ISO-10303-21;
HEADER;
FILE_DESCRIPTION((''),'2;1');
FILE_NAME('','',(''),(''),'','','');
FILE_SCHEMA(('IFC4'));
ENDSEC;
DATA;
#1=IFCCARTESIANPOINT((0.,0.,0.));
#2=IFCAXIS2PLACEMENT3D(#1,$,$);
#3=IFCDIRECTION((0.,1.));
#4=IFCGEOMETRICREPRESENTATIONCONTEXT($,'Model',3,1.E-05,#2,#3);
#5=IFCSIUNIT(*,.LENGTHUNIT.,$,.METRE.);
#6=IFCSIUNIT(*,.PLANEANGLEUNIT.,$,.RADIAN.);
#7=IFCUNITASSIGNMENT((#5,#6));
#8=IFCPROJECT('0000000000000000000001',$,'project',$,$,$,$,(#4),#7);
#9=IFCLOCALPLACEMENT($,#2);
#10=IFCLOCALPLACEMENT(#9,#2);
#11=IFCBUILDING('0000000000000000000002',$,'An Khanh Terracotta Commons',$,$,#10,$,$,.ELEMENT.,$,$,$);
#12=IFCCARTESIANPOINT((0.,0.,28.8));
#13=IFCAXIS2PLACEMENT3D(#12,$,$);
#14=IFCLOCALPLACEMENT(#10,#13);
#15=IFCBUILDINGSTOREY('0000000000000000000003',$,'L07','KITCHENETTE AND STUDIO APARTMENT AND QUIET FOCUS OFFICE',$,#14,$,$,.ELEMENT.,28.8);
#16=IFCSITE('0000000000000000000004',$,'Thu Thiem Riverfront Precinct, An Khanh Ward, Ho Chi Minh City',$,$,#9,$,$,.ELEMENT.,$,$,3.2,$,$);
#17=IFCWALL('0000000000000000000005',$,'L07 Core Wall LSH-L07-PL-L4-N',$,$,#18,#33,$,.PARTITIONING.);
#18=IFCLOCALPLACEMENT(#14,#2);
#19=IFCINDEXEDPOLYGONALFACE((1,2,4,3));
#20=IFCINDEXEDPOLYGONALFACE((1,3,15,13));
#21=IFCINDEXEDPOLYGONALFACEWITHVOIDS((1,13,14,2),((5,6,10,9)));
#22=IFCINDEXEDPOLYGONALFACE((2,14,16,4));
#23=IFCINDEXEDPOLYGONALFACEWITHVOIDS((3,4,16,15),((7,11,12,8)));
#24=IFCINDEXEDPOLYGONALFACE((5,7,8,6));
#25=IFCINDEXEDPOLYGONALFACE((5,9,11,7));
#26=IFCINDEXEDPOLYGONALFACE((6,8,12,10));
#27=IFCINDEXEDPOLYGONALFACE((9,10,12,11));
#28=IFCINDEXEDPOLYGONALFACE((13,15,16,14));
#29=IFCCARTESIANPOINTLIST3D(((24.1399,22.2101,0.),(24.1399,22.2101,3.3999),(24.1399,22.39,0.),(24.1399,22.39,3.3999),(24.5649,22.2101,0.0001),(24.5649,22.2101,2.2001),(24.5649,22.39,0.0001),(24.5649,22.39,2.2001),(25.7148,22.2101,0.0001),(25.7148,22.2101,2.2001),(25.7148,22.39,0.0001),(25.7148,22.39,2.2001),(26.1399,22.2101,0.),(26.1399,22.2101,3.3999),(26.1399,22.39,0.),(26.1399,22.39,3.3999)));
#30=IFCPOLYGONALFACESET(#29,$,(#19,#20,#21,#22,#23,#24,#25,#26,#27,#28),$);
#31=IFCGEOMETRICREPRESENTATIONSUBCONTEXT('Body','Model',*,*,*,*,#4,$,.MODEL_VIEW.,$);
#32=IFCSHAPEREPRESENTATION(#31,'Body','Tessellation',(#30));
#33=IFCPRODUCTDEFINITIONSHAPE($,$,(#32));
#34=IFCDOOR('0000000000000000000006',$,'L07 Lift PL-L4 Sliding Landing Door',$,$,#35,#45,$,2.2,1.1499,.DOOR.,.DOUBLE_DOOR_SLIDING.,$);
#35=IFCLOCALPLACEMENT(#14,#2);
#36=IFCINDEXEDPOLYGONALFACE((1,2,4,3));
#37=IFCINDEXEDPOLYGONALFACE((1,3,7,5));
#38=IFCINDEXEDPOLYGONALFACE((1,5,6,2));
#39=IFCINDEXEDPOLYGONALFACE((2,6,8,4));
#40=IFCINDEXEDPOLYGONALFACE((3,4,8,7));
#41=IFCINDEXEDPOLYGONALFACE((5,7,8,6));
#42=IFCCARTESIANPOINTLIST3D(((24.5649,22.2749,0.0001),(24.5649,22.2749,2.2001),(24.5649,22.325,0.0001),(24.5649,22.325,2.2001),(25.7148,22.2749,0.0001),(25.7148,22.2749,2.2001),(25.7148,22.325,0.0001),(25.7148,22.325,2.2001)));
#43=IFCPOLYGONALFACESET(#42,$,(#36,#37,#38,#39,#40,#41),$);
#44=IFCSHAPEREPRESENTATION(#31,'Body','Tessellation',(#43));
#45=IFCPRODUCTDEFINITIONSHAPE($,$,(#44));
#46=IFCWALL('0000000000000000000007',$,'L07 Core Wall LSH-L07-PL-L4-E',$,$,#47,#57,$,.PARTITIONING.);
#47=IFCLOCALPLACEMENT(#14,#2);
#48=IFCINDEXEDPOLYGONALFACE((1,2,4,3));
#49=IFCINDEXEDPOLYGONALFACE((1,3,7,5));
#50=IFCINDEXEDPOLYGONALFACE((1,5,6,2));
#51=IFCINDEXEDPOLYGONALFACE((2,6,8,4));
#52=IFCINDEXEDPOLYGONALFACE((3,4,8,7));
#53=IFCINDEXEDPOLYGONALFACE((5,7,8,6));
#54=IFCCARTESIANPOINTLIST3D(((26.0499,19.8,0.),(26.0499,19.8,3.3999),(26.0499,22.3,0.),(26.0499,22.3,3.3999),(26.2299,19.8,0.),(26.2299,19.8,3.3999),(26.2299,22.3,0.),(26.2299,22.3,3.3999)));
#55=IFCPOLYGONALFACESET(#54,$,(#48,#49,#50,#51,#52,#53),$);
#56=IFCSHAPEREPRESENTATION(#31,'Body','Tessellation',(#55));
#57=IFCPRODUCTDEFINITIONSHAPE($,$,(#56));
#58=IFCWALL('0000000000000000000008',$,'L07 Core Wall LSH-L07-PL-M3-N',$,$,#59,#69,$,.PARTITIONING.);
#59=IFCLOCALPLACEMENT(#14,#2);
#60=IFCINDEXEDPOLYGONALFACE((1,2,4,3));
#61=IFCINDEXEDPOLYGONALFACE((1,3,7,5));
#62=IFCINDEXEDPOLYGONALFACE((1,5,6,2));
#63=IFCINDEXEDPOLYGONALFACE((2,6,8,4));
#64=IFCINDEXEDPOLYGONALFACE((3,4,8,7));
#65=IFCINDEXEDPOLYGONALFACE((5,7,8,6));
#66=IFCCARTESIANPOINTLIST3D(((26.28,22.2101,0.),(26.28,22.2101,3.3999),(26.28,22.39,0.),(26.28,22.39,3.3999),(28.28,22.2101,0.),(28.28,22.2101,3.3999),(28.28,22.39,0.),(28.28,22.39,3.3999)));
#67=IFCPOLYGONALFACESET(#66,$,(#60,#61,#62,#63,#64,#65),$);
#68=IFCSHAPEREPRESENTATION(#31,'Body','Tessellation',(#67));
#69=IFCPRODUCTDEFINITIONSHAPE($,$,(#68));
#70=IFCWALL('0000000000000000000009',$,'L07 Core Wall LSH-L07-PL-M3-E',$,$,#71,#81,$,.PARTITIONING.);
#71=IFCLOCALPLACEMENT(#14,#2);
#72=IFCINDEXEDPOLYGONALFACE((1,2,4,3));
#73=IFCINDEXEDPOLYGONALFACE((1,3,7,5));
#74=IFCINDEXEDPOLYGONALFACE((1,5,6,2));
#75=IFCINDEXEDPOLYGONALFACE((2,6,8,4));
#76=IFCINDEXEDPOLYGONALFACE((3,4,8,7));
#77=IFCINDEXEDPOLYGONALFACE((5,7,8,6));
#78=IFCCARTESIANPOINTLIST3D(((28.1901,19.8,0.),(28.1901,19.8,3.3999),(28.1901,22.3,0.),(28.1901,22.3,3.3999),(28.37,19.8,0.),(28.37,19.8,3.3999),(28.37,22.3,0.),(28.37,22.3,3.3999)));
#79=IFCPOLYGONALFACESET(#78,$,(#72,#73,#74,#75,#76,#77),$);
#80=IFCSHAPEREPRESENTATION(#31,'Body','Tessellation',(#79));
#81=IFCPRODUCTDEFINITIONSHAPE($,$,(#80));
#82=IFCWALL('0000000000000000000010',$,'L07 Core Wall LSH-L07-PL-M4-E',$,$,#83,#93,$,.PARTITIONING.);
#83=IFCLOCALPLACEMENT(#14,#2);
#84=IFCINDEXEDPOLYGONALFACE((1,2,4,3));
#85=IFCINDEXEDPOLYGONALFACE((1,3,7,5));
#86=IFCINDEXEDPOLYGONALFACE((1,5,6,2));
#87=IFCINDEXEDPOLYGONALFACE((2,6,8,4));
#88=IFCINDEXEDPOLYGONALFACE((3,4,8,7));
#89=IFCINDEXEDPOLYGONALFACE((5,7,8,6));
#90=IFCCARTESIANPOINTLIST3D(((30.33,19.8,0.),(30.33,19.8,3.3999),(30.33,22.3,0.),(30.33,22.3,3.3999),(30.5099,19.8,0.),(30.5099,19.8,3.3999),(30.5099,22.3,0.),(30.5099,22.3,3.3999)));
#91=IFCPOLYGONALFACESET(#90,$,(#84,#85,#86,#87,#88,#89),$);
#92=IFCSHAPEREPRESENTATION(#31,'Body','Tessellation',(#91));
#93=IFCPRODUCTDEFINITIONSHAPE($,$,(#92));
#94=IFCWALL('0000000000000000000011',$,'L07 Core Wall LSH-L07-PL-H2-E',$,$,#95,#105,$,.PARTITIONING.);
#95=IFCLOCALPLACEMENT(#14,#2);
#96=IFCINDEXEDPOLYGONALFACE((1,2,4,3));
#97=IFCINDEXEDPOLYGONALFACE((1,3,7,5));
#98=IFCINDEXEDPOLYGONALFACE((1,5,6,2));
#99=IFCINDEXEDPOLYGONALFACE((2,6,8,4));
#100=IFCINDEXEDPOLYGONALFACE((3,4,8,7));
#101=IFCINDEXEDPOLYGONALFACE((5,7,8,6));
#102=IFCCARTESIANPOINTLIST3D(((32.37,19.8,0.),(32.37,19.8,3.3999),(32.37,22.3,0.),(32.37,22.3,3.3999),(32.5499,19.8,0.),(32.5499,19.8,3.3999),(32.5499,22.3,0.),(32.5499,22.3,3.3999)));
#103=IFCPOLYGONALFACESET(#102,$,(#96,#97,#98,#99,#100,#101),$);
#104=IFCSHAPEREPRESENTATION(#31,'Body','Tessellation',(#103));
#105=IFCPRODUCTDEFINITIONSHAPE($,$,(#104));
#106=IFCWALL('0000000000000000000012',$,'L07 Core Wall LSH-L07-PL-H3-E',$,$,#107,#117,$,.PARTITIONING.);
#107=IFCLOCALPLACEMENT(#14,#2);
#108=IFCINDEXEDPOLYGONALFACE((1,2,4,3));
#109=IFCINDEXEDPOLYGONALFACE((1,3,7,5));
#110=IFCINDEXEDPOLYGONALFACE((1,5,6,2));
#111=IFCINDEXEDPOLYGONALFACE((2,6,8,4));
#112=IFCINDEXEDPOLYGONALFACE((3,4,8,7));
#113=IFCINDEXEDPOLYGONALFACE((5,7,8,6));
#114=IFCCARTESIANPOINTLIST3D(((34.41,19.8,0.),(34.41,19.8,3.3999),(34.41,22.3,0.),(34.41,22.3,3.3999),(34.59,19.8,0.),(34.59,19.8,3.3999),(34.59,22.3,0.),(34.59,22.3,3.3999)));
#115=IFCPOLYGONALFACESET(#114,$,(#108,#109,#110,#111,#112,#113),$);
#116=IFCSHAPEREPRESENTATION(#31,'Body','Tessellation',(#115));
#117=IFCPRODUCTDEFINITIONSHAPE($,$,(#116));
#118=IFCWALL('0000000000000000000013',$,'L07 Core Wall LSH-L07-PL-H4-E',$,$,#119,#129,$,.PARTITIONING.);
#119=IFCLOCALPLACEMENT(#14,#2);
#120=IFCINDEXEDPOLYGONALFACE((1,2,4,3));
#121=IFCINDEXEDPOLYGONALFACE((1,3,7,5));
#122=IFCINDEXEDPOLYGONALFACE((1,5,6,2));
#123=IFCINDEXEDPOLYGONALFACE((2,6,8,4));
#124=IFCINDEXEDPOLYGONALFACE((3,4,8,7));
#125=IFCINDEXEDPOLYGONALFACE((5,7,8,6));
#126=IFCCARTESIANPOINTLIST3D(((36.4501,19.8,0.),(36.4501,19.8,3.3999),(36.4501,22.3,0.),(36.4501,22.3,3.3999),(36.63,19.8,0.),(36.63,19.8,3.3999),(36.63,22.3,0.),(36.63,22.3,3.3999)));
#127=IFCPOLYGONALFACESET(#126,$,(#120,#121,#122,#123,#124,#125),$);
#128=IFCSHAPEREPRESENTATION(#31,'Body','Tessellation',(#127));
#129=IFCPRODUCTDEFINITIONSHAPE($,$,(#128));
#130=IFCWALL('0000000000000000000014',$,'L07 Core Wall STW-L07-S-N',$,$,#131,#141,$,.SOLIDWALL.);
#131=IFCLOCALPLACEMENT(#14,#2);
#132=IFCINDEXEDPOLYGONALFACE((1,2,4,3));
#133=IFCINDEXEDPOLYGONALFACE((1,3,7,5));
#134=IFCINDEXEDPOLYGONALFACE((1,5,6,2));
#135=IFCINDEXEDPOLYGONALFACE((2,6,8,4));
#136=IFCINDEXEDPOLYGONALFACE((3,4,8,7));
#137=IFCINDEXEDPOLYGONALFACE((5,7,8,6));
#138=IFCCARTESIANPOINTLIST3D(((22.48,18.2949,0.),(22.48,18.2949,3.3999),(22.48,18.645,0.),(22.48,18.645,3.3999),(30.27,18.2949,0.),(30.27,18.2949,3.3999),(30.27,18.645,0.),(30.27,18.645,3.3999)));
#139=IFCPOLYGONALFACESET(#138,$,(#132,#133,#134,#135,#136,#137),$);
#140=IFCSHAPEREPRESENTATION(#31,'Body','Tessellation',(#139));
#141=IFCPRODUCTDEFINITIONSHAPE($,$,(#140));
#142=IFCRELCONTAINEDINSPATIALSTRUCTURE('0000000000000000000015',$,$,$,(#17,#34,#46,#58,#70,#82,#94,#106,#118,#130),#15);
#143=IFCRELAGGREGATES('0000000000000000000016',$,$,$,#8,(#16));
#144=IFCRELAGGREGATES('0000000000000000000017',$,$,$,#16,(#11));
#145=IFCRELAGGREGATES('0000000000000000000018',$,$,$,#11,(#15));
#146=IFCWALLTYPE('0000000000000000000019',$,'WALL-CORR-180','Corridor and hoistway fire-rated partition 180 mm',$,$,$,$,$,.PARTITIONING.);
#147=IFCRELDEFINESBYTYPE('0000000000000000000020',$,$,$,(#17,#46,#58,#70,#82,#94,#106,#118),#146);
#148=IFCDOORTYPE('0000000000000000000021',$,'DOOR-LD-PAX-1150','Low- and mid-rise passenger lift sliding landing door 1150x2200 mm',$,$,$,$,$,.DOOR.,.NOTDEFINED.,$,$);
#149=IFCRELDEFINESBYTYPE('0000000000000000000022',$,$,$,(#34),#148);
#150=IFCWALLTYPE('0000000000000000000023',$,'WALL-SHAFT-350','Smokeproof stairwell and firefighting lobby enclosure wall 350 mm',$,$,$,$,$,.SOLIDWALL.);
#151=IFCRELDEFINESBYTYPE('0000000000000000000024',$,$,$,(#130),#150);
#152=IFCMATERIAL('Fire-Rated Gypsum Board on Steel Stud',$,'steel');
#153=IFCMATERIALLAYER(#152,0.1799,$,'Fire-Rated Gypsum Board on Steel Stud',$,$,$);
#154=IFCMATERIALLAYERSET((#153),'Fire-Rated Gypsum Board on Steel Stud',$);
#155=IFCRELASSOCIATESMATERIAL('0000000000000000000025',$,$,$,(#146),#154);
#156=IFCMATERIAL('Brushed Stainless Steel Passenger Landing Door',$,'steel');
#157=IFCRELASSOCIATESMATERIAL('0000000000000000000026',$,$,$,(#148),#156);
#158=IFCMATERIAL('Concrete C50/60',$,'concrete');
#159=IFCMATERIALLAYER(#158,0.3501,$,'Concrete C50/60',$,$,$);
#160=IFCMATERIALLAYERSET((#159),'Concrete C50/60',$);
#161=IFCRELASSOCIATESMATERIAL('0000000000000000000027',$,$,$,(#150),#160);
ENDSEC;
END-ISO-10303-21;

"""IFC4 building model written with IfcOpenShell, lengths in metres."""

from ifc_helpers import new_model, si_unit, direction, frame, frame_2d, origin, place, context, subcontext, project, spatial, rectangle, extrude, material, layer, layer_set, type_object, element, fill, save


model = new_model("IFC4")

# Units and contexts
model_context = context("Model", 3, precision=1e-05, world=origin(), true_north=direction((0.0, 1.0)))
body_context = subcontext(model_context, "Body", "Model", "MODEL_VIEW")
ifc_project = project(units=[si_unit("LENGTHUNIT", "METRE"), si_unit("PLANEANGLEUNIT", "RADIAN")], contexts=[model_context])

# Site, building, storey
site_placement = place(None, origin())
site = spatial("IfcSite", under=ifc_project, at=site_placement, Name="Thu Thiem Riverfront Precinct, An Khanh Ward, Ho Chi Minh City", CompositionType="ELEMENT", RefElevation=3.2)
building_placement = place(site_placement, origin())
building = spatial("IfcBuilding", under=site, at=building_placement, Name="An Khanh Terracotta Commons", CompositionType="ELEMENT")
storey_placement = place(building_placement, frame((0.0, 0.0, 28.8)))
storey = spatial("IfcBuildingStorey", under=building, at=storey_placement, Name="L07", Description="KITCHENETTE AND STUDIO APARTMENT AND QUIET FOCUS OFFICE", CompositionType="ELEMENT", Elevation=28.8)

# Shared definitions
ifc_material_1 = material(Name="Fire-Rated Gypsum Board on Steel Stud", Category="steel")
ifc_layer_1 = layer(ifc_material_1, 0.1799, Name="Fire-Rated Gypsum Board on Steel Stud")
ifc_layer_set_1 = layer_set([ifc_layer_1], Name="Fire-Rated Gypsum Board on Steel Stud")
wall_type_1 = type_object("IfcWallType", Name="WALL-CORR-180", Description="Corridor and hoistway fire-rated partition 180 mm", PredefinedType="PARTITIONING", material=ifc_layer_set_1)

# Shared definitions
ifc_material_2 = material(Name="Brushed Stainless Steel Passenger Landing Door", Category="steel")
door_type_1 = type_object("IfcDoorType", Name="DOOR-LD-PAX-1150", Description="Low- and mid-rise passenger lift sliding landing door 1150x2200 mm", OperationType="NOTDEFINED", PredefinedType="DOOR", material=ifc_material_2)

# Wall, opening, door
wall_1_placement = place(storey_placement, frame((24.1399, 22.3, 0.0), z_axis=(0.0, 0.0, 1.0), x_axis=(1.0, 0.0, 0.0)))
wall_1 = element("IfcWall", 1, at=wall_1_placement, inside=storey, type_object=wall_type_1, Name="L07 Core Wall LSH-L07-PL-L4-N", PredefinedType="PARTITIONING", context=body_context, shape_type="SweptSolid", body=[
    extrude(rectangle(XDim=2.0, YDim=0.1799, at=frame_2d((1.0, 0.0))), origin(), (0.0, 0.0, 1.0), 3.3999),
])
opening_1_placement = place(wall_1_placement, frame((0.425, 0.0, 0.0)))
opening_1 = element("IfcOpeningElement", 2, at=opening_1_placement, cuts=wall_1, PredefinedType="OPENING", context=body_context, shape_type="SweptSolid", body=[
    extrude(rectangle(XDim=1.1499, YDim=2.2, at=frame_2d((0.575, 1.1001))), frame((0.0, 0.0999, 0.0), z_axis=(0.0, -1.0, 0.0), x_axis=(1.0, 0.0, 0.0)), (0.0, 0.0, 1.0), 0.2),
])
door_1_placement = place(opening_1_placement, origin())
door_1 = element("IfcDoor", 3, at=door_1_placement, inside=storey, type_object=door_type_1, Name="L07 Lift PL-L4 Sliding Landing Door", OperationType="DOUBLE_DOOR_SLIDING", OverallHeight=2.2, OverallWidth=1.1499, PredefinedType="DOOR", context=body_context, shape_type="SweptSolid", body=[
    extrude(rectangle(XDim=1.1499, YDim=2.2, at=frame_2d((0.575, 1.1001))), frame((0.0, 0.0249, 0.0), z_axis=(0.0, -1.0, 0.0), x_axis=(1.0, 0.0, 0.0)), (0.0, 0.0, 1.0), 0.05),
])
fill(opening_1, door_1)

# Walls
wall_2_placement = place(storey_placement, frame((26.1399, 19.8, 0.0), z_axis=(0.0, 0.0, 1.0), x_axis=(0.0, 1.0, 0.0)))
element("IfcWall", 4, at=wall_2_placement, inside=storey, type_object=wall_type_1, Name="L07 Core Wall LSH-L07-PL-L4-E", PredefinedType="PARTITIONING", context=body_context, shape_type="SweptSolid", body=[
    extrude(rectangle(XDim=2.5, YDim=0.1799, at=frame_2d((1.25, 0.0))), origin(), (0.0, 0.0, 1.0), 3.3999),
])
wall_3_placement = place(storey_placement, frame((26.28, 22.3, 0.0), z_axis=(0.0, 0.0, 1.0), x_axis=(1.0, 0.0, 0.0)))
element("IfcWall", 5, at=wall_3_placement, inside=storey, type_object=wall_type_1, Name="L07 Core Wall LSH-L07-PL-M3-N", PredefinedType="PARTITIONING", context=body_context, shape_type="SweptSolid", body=[
    extrude(rectangle(XDim=2.0, YDim=0.1799, at=frame_2d((1.0, 0.0))), origin(), (0.0, 0.0, 1.0), 3.3999),
])
for number, where, z_axis, x_axis, name in (
    (6, (28.28, 19.8, 0.0), (0.0, 0.0, 1.0), (0.0, 1.0, 0.0), "L07 Core Wall LSH-L07-PL-M3-E"),
    (7, (30.4199, 19.8, 0.0), (0.0, 0.0, 1.0), (0.0, 1.0, 0.0), "L07 Core Wall LSH-L07-PL-M4-E"),
    (8, (32.46, 19.8, 0.0), (0.0, 0.0, 1.0), (0.0, 1.0, 0.0), "L07 Core Wall LSH-L07-PL-H2-E"),
    (9, (34.5, 19.8, 0.0), (0.0, 0.0, 1.0), (0.0, 1.0, 0.0), "L07 Core Wall LSH-L07-PL-H3-E"),
    (10, (36.54, 19.8, 0.0), (0.0, 0.0, 1.0), (0.0, 1.0, 0.0), "L07 Core Wall LSH-L07-PL-H4-E"),
):
    element("IfcWall", number, at=place(storey_placement, frame(where, z_axis=z_axis, x_axis=x_axis)), inside=storey, type_object=wall_type_1, Name=name, PredefinedType="PARTITIONING", context=body_context, shape_type="SweptSolid", body=[
        extrude(rectangle(XDim=2.5, YDim=0.1799, at=frame_2d((1.25, 0.0))), origin(), (0.0, 0.0, 1.0), 3.3999),
    ])
ifc_material_3 = material(Name="Concrete C50/60", Category="concrete")
ifc_layer_2 = layer(ifc_material_3, 0.3501, Name="Concrete C50/60")
ifc_layer_set_2 = layer_set([ifc_layer_2], Name="Concrete C50/60")
wall_type_2 = type_object("IfcWallType", Name="WALL-SHAFT-350", Description="Smokeproof stairwell and firefighting lobby enclosure wall 350 mm", PredefinedType="SOLIDWALL", material=ifc_layer_set_2)
wall_4_placement = place(storey_placement, frame((22.48, 18.47, 0.0), z_axis=(0.0, 0.0, 1.0), x_axis=(1.0, 0.0, 0.0)))
element("IfcWall", 11, at=wall_4_placement, inside=storey, type_object=wall_type_2, Name="L07 Core Wall STW-L07-S-N", PredefinedType="SOLIDWALL", context=body_context, shape_type="SweptSolid", body=[
    extrude(rectangle(XDim=7.79, YDim=0.3501, at=frame_2d((3.895, 0.0))), origin(), (0.0, 0.0, 1.0), 3.3999),
])

save(model, "model.ifc")
